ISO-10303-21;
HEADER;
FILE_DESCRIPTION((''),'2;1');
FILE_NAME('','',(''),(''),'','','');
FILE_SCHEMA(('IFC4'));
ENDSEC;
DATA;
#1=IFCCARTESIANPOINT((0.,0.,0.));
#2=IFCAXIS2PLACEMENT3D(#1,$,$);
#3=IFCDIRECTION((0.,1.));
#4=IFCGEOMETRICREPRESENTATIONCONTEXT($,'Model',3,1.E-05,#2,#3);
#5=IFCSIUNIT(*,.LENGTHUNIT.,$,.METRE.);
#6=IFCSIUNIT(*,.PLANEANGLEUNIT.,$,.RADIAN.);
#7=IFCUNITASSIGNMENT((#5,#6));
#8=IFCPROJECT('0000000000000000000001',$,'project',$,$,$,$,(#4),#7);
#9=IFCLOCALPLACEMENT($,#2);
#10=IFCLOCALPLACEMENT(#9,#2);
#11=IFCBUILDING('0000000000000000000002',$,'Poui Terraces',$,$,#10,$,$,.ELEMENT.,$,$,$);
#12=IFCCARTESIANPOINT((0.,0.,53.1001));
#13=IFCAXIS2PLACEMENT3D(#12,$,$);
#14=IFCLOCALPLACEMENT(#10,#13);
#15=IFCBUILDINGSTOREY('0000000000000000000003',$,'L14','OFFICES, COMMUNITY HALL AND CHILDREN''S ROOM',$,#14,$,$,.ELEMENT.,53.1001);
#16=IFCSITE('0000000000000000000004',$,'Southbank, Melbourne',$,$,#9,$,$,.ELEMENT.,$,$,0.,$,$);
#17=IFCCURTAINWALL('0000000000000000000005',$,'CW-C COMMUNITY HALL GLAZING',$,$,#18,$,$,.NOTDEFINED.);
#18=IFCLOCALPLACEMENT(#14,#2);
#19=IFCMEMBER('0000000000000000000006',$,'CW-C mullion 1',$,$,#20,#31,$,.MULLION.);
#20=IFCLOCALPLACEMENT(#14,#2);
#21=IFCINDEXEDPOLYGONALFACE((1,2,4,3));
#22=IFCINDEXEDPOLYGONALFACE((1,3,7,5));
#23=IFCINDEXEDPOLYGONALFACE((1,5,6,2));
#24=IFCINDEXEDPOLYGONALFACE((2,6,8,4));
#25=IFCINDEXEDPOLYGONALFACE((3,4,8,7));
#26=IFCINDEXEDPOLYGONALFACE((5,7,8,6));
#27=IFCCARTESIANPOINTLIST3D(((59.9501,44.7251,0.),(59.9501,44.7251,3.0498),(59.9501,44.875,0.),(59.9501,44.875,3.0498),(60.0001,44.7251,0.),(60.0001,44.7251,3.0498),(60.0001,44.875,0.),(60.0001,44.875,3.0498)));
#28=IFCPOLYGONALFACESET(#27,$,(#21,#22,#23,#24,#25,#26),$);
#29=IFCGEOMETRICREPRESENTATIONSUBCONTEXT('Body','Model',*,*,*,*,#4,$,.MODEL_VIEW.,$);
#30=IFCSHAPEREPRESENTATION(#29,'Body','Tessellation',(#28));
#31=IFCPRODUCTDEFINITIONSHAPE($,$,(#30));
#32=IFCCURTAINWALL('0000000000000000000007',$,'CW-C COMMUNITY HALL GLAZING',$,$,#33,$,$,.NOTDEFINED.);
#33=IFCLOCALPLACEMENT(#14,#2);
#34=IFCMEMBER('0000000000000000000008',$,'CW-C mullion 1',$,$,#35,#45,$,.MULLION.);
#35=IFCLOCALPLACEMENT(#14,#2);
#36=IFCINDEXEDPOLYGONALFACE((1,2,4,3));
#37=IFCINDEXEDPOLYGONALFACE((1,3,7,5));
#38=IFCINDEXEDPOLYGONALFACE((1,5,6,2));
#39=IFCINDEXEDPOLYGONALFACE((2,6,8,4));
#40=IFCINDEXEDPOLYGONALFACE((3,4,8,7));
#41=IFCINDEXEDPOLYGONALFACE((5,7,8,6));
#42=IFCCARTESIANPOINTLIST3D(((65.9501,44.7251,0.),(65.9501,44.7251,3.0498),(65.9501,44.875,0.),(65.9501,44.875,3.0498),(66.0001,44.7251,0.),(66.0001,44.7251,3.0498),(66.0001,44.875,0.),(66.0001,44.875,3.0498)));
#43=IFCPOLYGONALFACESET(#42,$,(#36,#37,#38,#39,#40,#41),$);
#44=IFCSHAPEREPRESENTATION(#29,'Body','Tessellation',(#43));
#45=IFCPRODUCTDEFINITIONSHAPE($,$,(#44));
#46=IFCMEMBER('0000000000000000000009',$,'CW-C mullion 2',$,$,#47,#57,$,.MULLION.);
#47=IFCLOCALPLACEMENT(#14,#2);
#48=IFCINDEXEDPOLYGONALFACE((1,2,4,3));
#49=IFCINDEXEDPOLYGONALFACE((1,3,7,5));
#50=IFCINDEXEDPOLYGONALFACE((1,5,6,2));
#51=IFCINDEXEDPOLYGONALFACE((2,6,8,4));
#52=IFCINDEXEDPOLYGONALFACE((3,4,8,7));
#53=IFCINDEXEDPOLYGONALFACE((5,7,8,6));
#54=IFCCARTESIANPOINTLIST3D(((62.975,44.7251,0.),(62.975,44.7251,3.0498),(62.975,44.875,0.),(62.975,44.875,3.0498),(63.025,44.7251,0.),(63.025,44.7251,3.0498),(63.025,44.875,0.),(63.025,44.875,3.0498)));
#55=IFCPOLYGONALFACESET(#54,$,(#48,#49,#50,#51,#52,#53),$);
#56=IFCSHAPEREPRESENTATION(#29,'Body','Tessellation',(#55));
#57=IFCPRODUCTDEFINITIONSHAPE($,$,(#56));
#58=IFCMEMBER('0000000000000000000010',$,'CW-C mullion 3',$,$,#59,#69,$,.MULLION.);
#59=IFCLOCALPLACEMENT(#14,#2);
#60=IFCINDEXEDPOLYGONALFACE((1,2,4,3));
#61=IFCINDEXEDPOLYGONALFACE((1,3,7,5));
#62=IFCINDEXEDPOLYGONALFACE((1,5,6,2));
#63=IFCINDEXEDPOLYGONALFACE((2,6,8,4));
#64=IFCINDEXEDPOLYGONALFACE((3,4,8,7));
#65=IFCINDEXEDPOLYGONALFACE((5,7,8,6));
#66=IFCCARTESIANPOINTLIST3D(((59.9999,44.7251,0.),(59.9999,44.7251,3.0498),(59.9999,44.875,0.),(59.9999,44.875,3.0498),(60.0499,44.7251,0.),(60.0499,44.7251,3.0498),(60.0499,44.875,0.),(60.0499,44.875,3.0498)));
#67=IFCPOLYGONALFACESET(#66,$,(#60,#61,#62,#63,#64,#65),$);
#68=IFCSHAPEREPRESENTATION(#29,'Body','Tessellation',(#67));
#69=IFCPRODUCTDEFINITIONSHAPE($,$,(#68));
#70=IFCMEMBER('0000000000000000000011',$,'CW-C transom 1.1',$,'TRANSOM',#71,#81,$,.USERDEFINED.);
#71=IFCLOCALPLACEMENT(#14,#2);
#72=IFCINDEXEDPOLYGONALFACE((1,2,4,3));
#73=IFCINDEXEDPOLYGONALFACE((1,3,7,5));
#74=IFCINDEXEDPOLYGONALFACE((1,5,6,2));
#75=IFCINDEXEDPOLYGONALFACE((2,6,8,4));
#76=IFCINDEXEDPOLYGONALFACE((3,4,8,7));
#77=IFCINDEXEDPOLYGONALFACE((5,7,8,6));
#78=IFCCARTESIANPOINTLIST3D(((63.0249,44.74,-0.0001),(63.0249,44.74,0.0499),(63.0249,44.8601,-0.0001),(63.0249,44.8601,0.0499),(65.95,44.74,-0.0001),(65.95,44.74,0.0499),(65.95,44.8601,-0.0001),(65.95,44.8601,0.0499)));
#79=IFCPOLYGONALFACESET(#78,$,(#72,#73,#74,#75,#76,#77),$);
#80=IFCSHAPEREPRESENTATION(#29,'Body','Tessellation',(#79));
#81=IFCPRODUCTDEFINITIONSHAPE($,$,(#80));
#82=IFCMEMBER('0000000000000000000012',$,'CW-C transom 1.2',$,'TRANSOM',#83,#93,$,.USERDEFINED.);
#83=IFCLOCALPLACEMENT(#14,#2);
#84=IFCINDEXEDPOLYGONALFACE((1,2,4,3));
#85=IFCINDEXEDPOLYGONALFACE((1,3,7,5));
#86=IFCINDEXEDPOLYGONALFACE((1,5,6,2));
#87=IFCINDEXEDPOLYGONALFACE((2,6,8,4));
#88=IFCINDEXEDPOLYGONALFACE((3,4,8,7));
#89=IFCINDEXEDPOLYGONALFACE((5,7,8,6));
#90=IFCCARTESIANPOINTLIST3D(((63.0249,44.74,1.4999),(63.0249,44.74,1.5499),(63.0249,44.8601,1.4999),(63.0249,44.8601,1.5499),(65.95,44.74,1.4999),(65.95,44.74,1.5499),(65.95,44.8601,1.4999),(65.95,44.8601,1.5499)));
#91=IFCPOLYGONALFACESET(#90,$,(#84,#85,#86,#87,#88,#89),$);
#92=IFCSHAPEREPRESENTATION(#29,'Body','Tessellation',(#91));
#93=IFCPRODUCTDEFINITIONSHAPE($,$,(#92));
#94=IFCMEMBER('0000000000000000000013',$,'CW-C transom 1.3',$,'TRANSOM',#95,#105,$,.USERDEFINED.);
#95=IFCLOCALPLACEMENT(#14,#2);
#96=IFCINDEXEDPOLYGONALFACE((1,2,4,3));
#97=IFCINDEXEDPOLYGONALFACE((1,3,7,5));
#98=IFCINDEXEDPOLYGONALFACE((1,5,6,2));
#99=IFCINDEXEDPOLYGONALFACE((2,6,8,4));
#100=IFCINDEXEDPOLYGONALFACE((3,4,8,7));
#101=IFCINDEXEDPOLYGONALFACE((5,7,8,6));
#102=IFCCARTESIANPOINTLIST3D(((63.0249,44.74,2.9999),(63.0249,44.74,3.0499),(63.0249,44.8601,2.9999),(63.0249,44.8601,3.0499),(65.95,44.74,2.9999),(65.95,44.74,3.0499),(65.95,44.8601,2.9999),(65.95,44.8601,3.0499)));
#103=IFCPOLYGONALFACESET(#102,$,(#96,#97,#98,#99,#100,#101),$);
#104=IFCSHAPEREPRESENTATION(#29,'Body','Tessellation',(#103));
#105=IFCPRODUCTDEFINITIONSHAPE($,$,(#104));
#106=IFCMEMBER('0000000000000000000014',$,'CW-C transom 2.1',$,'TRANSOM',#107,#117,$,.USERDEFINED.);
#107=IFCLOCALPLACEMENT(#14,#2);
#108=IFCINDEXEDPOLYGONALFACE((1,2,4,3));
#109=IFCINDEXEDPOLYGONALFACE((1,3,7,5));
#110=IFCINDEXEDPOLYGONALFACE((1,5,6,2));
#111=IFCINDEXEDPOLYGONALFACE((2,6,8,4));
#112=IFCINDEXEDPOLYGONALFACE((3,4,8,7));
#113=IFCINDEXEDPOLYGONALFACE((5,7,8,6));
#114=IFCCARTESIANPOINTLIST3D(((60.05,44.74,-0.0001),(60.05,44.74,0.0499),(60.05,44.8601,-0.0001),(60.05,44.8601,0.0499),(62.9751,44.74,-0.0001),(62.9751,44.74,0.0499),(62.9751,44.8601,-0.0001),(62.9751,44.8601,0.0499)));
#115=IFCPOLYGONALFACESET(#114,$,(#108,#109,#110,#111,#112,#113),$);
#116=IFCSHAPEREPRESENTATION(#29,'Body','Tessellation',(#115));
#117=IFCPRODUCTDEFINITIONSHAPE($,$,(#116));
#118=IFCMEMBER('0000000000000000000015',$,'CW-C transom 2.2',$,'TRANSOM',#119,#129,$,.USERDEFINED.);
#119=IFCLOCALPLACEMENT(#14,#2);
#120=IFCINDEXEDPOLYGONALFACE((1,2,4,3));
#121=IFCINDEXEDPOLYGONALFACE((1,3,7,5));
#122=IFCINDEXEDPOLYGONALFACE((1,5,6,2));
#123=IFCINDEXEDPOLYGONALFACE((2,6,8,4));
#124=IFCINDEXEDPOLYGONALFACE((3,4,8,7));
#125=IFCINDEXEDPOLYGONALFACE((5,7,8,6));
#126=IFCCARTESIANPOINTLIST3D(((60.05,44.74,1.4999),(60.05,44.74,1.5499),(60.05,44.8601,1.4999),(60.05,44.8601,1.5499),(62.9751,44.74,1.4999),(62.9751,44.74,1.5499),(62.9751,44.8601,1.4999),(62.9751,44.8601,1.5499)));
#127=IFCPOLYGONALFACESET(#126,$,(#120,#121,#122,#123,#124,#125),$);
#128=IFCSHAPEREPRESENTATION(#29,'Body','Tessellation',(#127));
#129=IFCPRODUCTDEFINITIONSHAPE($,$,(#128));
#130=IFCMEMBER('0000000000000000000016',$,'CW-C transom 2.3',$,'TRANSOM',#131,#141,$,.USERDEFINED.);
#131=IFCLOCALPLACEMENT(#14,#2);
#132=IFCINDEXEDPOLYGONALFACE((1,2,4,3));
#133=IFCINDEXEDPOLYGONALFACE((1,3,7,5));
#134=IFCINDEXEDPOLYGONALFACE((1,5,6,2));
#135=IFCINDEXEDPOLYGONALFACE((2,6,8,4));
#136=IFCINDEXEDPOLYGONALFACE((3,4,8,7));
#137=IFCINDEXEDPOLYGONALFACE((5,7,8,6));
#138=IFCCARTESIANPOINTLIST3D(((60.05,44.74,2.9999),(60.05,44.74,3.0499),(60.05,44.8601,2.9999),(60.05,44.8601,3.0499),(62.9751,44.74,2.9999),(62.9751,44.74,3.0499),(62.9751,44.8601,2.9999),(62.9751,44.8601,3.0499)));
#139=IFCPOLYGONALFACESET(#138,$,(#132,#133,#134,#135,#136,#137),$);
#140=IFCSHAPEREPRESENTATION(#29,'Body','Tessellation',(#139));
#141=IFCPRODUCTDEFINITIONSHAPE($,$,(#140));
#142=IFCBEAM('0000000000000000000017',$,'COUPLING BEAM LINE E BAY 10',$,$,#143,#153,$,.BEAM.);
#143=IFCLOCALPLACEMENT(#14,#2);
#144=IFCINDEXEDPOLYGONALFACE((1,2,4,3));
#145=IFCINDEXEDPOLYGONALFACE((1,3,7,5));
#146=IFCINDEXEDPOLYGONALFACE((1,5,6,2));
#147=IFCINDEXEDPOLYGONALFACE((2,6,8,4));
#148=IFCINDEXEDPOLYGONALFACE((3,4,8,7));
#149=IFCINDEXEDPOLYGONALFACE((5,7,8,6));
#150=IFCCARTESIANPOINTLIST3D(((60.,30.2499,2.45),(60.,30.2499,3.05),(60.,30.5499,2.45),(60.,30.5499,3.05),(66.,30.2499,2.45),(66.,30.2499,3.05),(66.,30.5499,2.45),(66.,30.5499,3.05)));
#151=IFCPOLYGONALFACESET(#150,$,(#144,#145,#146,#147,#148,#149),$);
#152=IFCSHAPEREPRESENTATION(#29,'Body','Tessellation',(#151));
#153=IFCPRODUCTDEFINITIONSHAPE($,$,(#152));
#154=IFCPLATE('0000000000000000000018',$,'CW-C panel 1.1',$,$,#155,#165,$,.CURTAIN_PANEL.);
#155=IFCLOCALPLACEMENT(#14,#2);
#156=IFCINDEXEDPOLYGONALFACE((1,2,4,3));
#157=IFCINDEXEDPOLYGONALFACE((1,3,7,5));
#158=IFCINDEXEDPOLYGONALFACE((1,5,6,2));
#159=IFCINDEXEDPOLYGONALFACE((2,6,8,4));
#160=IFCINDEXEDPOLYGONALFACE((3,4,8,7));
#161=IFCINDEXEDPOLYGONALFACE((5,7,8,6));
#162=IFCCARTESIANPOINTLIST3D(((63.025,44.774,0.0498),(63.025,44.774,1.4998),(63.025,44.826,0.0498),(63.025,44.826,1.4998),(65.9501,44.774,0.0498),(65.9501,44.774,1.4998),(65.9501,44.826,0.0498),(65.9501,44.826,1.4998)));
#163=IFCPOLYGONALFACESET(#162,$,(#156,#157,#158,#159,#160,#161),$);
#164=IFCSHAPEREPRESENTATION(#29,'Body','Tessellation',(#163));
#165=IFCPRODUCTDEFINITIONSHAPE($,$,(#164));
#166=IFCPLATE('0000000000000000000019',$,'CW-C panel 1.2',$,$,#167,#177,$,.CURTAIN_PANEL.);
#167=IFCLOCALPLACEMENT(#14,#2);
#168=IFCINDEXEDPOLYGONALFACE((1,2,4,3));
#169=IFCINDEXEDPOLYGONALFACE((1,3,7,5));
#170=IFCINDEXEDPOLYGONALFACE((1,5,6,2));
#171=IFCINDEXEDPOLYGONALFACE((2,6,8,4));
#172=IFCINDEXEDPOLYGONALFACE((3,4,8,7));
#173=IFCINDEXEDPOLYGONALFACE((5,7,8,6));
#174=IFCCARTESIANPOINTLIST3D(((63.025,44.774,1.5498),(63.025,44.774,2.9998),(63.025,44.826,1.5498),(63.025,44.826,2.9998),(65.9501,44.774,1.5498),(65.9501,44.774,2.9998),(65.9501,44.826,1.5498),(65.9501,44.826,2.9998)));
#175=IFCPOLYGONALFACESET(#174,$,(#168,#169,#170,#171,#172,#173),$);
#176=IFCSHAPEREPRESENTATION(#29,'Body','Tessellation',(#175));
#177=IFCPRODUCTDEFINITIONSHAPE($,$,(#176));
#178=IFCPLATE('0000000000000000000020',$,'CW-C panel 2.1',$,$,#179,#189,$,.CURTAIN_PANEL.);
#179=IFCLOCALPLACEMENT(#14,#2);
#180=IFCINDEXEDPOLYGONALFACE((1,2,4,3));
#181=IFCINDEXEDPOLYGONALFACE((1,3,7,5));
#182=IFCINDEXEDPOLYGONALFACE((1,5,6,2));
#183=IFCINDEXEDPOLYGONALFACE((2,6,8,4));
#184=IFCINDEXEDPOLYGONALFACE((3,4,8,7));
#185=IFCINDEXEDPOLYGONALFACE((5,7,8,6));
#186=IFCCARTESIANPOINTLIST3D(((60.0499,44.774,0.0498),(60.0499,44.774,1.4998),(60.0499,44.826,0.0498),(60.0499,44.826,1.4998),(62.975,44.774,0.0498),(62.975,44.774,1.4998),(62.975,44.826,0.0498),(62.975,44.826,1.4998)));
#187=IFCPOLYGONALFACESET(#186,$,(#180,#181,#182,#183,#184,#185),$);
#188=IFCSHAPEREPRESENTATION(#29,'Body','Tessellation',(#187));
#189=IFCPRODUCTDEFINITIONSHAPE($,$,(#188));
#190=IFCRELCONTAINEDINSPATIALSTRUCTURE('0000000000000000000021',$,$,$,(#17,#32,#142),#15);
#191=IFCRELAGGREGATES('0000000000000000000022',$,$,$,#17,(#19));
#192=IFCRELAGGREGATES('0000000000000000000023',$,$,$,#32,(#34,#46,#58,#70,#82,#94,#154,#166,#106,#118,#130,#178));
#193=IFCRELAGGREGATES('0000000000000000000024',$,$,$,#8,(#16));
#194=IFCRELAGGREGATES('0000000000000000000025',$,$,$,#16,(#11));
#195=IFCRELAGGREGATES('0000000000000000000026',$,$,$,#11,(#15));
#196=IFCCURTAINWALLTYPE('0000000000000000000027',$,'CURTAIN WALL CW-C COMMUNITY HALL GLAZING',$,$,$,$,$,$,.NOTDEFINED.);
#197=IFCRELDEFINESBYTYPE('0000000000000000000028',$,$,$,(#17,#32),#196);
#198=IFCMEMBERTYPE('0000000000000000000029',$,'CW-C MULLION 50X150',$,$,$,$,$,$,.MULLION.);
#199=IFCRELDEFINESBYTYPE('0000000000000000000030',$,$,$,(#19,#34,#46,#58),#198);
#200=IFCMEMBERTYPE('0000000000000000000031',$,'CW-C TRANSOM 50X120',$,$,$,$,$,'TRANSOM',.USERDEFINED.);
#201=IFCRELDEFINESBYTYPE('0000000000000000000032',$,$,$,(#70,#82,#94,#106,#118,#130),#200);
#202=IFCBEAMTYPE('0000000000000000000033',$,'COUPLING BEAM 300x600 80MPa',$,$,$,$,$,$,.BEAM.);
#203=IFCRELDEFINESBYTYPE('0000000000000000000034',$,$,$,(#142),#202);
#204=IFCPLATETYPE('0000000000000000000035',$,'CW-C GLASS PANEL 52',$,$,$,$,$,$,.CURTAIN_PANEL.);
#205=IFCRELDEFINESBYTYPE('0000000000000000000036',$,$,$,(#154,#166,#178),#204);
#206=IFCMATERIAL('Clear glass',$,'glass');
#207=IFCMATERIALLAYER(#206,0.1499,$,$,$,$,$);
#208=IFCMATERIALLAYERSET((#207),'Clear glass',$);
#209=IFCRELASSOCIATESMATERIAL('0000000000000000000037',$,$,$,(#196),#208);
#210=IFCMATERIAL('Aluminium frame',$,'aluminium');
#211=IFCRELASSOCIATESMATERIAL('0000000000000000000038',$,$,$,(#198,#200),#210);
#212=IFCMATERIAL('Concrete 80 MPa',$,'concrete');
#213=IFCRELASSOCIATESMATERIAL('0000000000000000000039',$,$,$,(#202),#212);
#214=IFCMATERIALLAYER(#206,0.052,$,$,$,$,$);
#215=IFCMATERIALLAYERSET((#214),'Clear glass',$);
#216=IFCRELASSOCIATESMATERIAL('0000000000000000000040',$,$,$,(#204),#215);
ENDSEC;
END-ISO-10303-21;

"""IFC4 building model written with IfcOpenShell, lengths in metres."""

from ifc_helpers import new_model, si_unit, direction, frame, origin, origin_2d, place, context, subcontext, project, spatial, rectangle, extrude, source, transform, mapped, material, layer, layer_set, material_profile, profile_set, type_object, element, aggregate, save


model = new_model("IFC4")

# Units and contexts
model_context = context("Model", 3, precision=1e-05, world=origin(), true_north=direction((0.0, 1.0)))
body_context = subcontext(model_context, "Body", "Model", "MODEL_VIEW")
ifc_project = project(units=[si_unit("LENGTHUNIT", "METRE"), si_unit("PLANEANGLEUNIT", "RADIAN")], contexts=[model_context])

# Site, building, storey
site_placement = place(None, origin())
site = spatial("IfcSite", under=ifc_project, at=site_placement, Name="Southbank, Melbourne", CompositionType="ELEMENT", RefElevation=0.0)
building_placement = place(site_placement, origin())
building = spatial("IfcBuilding", under=site, at=building_placement, Name="Poui Terraces", CompositionType="ELEMENT")
storey_placement = place(building_placement, frame((0.0, 0.0, 53.1001)))
storey = spatial("IfcBuildingStorey", under=building, at=storey_placement, Name="L14", Description="OFFICES, COMMUNITY HALL AND CHILDREN'S ROOM", CompositionType="ELEMENT", Elevation=53.1001)

# Curtain wall, member
ifc_material_1 = material(Name="Clear glass", Category="glass")
ifc_layer_1 = layer(ifc_material_1, 0.1499)
ifc_layer_set_1 = layer_set([ifc_layer_1], Name="Clear glass")
curtain_wall_type = type_object("IfcCurtainWallType", Name="CURTAIN WALL CW-C COMMUNITY HALL GLAZING", PredefinedType="NOTDEFINED", material=ifc_layer_set_1)
curtain_wall_1_placement = place(storey_placement, origin())
curtain_wall_1 = element("IfcCurtainWall", 1, at=curtain_wall_1_placement, inside=storey, type_object=curtain_wall_type, Name="CW-C COMMUNITY HALL GLAZING", PredefinedType="NOTDEFINED")
ifc_material_2 = material(Name="Aluminium frame", Category="aluminium")
ifc_material_profile_1 = material_profile(ifc_material_2, rectangle(XDim=0.1499, YDim=0.05, at=origin_2d()), Name="CW-C MULLION 50X150")
ifc_profile_set_1 = profile_set([ifc_material_profile_1], Name="Aluminium frame")
member_type_1 = type_object("IfcMemberType", Name="CW-C MULLION 50X150", PredefinedType="MULLION", material=ifc_profile_set_1)
member_1_placement = place(storey_placement, frame((59.9751, 44.8, 0.0), z_axis=(0.0, 0.0, 1.0), x_axis=(0.0, -1.0, 0.0)))
member_1 = element("IfcMember", 2, at=member_1_placement, type_object=member_type_1, Name="CW-C mullion 1", PredefinedType="MULLION", context=body_context, shape_type="SweptSolid", body=[
    extrude(rectangle(XDim=0.1499, YDim=0.05, at=origin_2d()), origin(), (0.0, 0.0, 1.0), 3.0498),
])
aggregate(curtain_wall_1, [member_1])

# Curtain wall, members
curtain_wall_2_placement = place(storey_placement, origin())
curtain_wall_2 = element("IfcCurtainWall", 3, at=curtain_wall_2_placement, inside=storey, type_object=curtain_wall_type, Name="CW-C COMMUNITY HALL GLAZING", PredefinedType="NOTDEFINED")
member_2_placement = place(storey_placement, frame((65.9751, 44.8, 0.0), z_axis=(0.0, 0.0, 1.0), x_axis=(0.0, -1.0, 0.0)))
member_2 = element("IfcMember", 4, at=member_2_placement, type_object=member_type_1, Name="CW-C mullion 1", PredefinedType="MULLION", context=body_context, shape_type="SweptSolid", body=[
    extrude(rectangle(XDim=0.1499, YDim=0.05, at=origin_2d()), origin(), (0.0, 0.0, 1.0), 3.0498),
])
member_3_placement = place(storey_placement, frame((63.0, 44.8, 0.0), z_axis=(0.0, 0.0, 1.0), x_axis=(0.0, -1.0, 0.0)))
member_3 = element("IfcMember", 5, at=member_3_placement, type_object=member_type_1, Name="CW-C mullion 2", PredefinedType="MULLION", context=body_context, shape_type="SweptSolid", body=[
    extrude(rectangle(XDim=0.1499, YDim=0.05, at=origin_2d()), origin(), (0.0, 0.0, 1.0), 3.0498),
])
member_4_placement = place(storey_placement, frame((60.0249, 44.8, 0.0), z_axis=(0.0, 0.0, 1.0), x_axis=(0.0, -1.0, 0.0)))
member_4 = element("IfcMember", 6, at=member_4_placement, type_object=member_type_1, Name="CW-C mullion 3", PredefinedType="MULLION", context=body_context, shape_type="SweptSolid", body=[
    extrude(rectangle(XDim=0.1499, YDim=0.05, at=origin_2d()), origin(), (0.0, 0.0, 1.0), 3.0498),
])
ifc_material_profile_2 = material_profile(ifc_material_2, rectangle(XDim=0.1201, YDim=0.05, at=origin_2d()), Name="CW-C TRANSOM 50X120")
ifc_profile_set_2 = profile_set([ifc_material_profile_2], Name="Aluminium frame")
member_type_2 = type_object("IfcMemberType", Name="CW-C TRANSOM 50X120", ElementType="TRANSOM", PredefinedType="USERDEFINED", material=ifc_profile_set_2)
member_5_placement = place(storey_placement, frame((65.95, 44.8, 0.0249), z_axis=(-1.0, 0.0, 0.0), x_axis=(0.0, -1.0, 0.0)))
member_5 = element("IfcMember", 7, at=member_5_placement, type_object=member_type_2, Name="CW-C transom 1.1", ObjectType="TRANSOM", PredefinedType="USERDEFINED", context=body_context, shape_type="SweptSolid", body=[
    extrude(rectangle(XDim=0.1201, YDim=0.05, at=origin_2d()), origin(), (0.0, 0.0, 1.0), 2.925),
])
member_6_placement = place(storey_placement, frame((65.95, 44.8, 1.5249), z_axis=(-1.0, 0.0, 0.0), x_axis=(0.0, -1.0, 0.0)))
member_6 = element("IfcMember", 8, at=member_6_placement, type_object=member_type_2, Name="CW-C transom 1.2", ObjectType="TRANSOM", PredefinedType="USERDEFINED", context=body_context, shape_type="SweptSolid", body=[
    extrude(rectangle(XDim=0.1201, YDim=0.05, at=origin_2d()), origin(), (0.0, 0.0, 1.0), 2.925),
])
member_7_placement = place(storey_placement, frame((65.95, 44.8, 3.0249), z_axis=(-1.0, 0.0, 0.0), x_axis=(0.0, -1.0, 0.0)))
member_7 = element("IfcMember", 9, at=member_7_placement, type_object=member_type_2, Name="CW-C transom 1.3", ObjectType="TRANSOM", PredefinedType="USERDEFINED", context=body_context, shape_type="SweptSolid", body=[
    extrude(rectangle(XDim=0.1201, YDim=0.05, at=origin_2d()), origin(), (0.0, 0.0, 1.0), 2.925),
])
member_8_placement = place(storey_placement, frame((62.9751, 44.8, 0.0249), z_axis=(-1.0, 0.0, 0.0), x_axis=(0.0, -1.0, 0.0)))
member_8 = element("IfcMember", 10, at=member_8_placement, type_object=member_type_2, Name="CW-C transom 2.1", ObjectType="TRANSOM", PredefinedType="USERDEFINED", context=body_context, shape_type="SweptSolid", body=[
    extrude(rectangle(XDim=0.1201, YDim=0.05, at=origin_2d()), origin(), (0.0, 0.0, 1.0), 2.925),
])
member_9_placement = place(storey_placement, frame((62.9751, 44.8, 1.5249), z_axis=(-1.0, 0.0, 0.0), x_axis=(0.0, -1.0, 0.0)))
member_9 = element("IfcMember", 11, at=member_9_placement, type_object=member_type_2, Name="CW-C transom 2.2", ObjectType="TRANSOM", PredefinedType="USERDEFINED", context=body_context, shape_type="SweptSolid", body=[
    extrude(rectangle(XDim=0.1201, YDim=0.05, at=origin_2d()), origin(), (0.0, 0.0, 1.0), 2.925),
])
member_10_placement = place(storey_placement, frame((62.9751, 44.8, 3.0249), z_axis=(-1.0, 0.0, 0.0), x_axis=(0.0, -1.0, 0.0)))
member_10 = element("IfcMember", 12, at=member_10_placement, type_object=member_type_2, Name="CW-C transom 2.3", ObjectType="TRANSOM", PredefinedType="USERDEFINED", context=body_context, shape_type="SweptSolid", body=[
    extrude(rectangle(XDim=0.1201, YDim=0.05, at=origin_2d()), origin(), (0.0, 0.0, 1.0), 2.925),
])

# Beam
ifc_material_3 = material(Name="Concrete 80 MPa", Category="concrete")
ifc_material_profile_3 = material_profile(ifc_material_3, rectangle(XDim=0.3, YDim=0.6001, at=origin_2d()), Name="RC 300x600")
ifc_profile_set_3 = profile_set([ifc_material_profile_3], Name="Concrete 80 MPa")
beam_type = type_object("IfcBeamType", Name="COUPLING BEAM 300x600 80MPa", PredefinedType="BEAM", material=ifc_profile_set_3)
shared_shape = source(origin(), body_context, "Body", "SweptSolid", [
    extrude(rectangle(XDim=0.3, YDim=0.6001, at=origin_2d()), origin(), (0.0, 0.0, 1.0), 6.0),
])
beam_placement = place(storey_placement, frame((60.0, 30.3999, 2.75), z_axis=(1.0, 0.0, 0.0), x_axis=(0.0, 1.0, 0.0)))
element("IfcBeam", 13, at=beam_placement, inside=storey, type_object=beam_type, Name="COUPLING BEAM LINE E BAY 10", PredefinedType="BEAM", context=body_context, shape_type="MappedRepresentation", body=[
    mapped(shared_shape, transform((0.0, 0.0, 0.0))),
])

# Plates
ifc_layer_2 = layer(ifc_material_1, 0.052)
ifc_layer_set_2 = layer_set([ifc_layer_2], Name="Clear glass")
plate_type = type_object("IfcPlateType", Name="CW-C GLASS PANEL 52", PredefinedType="CURTAIN_PANEL", material=ifc_layer_set_2)
plate_1_placement = place(storey_placement, frame((64.4875, 44.8, 0.0498), z_axis=(0.0, 0.0, 1.0), x_axis=(-1.0, 0.0, 0.0)))
plate_1 = element("IfcPlate", 14, at=plate_1_placement, type_object=plate_type, Name="CW-C panel 1.1", PredefinedType="CURTAIN_PANEL", context=body_context, shape_type="SweptSolid", body=[
    extrude(rectangle(XDim=2.925, YDim=0.052, at=origin_2d()), origin(), (0.0, 0.0, 1.0), 1.45),
])
plate_2_placement = place(storey_placement, frame((64.4875, 44.8, 1.5498), z_axis=(0.0, 0.0, 1.0), x_axis=(-1.0, 0.0, 0.0)))
plate_2 = element("IfcPlate", 15, at=plate_2_placement, type_object=plate_type, Name="CW-C panel 1.2", PredefinedType="CURTAIN_PANEL", context=body_context, shape_type="SweptSolid", body=[
    extrude(rectangle(XDim=2.925, YDim=0.052, at=origin_2d()), origin(), (0.0, 0.0, 1.0), 1.45),
])
plate_3_placement = place(storey_placement, frame((61.5125, 44.8, 0.0498), z_axis=(0.0, 0.0, 1.0), x_axis=(-1.0, 0.0, 0.0)))
plate_3 = element("IfcPlate", 16, at=plate_3_placement, type_object=plate_type, Name="CW-C panel 2.1", PredefinedType="CURTAIN_PANEL", context=body_context, shape_type="SweptSolid", body=[
    extrude(rectangle(XDim=2.925, YDim=0.052, at=origin_2d()), origin(), (0.0, 0.0, 1.0), 1.45),
])
aggregate(curtain_wall_2, [member_2, member_3, member_4, member_5, member_6, member_7, plate_1, plate_2, member_8, member_9, member_10, plate_3])

save(model, "model.ifc")
